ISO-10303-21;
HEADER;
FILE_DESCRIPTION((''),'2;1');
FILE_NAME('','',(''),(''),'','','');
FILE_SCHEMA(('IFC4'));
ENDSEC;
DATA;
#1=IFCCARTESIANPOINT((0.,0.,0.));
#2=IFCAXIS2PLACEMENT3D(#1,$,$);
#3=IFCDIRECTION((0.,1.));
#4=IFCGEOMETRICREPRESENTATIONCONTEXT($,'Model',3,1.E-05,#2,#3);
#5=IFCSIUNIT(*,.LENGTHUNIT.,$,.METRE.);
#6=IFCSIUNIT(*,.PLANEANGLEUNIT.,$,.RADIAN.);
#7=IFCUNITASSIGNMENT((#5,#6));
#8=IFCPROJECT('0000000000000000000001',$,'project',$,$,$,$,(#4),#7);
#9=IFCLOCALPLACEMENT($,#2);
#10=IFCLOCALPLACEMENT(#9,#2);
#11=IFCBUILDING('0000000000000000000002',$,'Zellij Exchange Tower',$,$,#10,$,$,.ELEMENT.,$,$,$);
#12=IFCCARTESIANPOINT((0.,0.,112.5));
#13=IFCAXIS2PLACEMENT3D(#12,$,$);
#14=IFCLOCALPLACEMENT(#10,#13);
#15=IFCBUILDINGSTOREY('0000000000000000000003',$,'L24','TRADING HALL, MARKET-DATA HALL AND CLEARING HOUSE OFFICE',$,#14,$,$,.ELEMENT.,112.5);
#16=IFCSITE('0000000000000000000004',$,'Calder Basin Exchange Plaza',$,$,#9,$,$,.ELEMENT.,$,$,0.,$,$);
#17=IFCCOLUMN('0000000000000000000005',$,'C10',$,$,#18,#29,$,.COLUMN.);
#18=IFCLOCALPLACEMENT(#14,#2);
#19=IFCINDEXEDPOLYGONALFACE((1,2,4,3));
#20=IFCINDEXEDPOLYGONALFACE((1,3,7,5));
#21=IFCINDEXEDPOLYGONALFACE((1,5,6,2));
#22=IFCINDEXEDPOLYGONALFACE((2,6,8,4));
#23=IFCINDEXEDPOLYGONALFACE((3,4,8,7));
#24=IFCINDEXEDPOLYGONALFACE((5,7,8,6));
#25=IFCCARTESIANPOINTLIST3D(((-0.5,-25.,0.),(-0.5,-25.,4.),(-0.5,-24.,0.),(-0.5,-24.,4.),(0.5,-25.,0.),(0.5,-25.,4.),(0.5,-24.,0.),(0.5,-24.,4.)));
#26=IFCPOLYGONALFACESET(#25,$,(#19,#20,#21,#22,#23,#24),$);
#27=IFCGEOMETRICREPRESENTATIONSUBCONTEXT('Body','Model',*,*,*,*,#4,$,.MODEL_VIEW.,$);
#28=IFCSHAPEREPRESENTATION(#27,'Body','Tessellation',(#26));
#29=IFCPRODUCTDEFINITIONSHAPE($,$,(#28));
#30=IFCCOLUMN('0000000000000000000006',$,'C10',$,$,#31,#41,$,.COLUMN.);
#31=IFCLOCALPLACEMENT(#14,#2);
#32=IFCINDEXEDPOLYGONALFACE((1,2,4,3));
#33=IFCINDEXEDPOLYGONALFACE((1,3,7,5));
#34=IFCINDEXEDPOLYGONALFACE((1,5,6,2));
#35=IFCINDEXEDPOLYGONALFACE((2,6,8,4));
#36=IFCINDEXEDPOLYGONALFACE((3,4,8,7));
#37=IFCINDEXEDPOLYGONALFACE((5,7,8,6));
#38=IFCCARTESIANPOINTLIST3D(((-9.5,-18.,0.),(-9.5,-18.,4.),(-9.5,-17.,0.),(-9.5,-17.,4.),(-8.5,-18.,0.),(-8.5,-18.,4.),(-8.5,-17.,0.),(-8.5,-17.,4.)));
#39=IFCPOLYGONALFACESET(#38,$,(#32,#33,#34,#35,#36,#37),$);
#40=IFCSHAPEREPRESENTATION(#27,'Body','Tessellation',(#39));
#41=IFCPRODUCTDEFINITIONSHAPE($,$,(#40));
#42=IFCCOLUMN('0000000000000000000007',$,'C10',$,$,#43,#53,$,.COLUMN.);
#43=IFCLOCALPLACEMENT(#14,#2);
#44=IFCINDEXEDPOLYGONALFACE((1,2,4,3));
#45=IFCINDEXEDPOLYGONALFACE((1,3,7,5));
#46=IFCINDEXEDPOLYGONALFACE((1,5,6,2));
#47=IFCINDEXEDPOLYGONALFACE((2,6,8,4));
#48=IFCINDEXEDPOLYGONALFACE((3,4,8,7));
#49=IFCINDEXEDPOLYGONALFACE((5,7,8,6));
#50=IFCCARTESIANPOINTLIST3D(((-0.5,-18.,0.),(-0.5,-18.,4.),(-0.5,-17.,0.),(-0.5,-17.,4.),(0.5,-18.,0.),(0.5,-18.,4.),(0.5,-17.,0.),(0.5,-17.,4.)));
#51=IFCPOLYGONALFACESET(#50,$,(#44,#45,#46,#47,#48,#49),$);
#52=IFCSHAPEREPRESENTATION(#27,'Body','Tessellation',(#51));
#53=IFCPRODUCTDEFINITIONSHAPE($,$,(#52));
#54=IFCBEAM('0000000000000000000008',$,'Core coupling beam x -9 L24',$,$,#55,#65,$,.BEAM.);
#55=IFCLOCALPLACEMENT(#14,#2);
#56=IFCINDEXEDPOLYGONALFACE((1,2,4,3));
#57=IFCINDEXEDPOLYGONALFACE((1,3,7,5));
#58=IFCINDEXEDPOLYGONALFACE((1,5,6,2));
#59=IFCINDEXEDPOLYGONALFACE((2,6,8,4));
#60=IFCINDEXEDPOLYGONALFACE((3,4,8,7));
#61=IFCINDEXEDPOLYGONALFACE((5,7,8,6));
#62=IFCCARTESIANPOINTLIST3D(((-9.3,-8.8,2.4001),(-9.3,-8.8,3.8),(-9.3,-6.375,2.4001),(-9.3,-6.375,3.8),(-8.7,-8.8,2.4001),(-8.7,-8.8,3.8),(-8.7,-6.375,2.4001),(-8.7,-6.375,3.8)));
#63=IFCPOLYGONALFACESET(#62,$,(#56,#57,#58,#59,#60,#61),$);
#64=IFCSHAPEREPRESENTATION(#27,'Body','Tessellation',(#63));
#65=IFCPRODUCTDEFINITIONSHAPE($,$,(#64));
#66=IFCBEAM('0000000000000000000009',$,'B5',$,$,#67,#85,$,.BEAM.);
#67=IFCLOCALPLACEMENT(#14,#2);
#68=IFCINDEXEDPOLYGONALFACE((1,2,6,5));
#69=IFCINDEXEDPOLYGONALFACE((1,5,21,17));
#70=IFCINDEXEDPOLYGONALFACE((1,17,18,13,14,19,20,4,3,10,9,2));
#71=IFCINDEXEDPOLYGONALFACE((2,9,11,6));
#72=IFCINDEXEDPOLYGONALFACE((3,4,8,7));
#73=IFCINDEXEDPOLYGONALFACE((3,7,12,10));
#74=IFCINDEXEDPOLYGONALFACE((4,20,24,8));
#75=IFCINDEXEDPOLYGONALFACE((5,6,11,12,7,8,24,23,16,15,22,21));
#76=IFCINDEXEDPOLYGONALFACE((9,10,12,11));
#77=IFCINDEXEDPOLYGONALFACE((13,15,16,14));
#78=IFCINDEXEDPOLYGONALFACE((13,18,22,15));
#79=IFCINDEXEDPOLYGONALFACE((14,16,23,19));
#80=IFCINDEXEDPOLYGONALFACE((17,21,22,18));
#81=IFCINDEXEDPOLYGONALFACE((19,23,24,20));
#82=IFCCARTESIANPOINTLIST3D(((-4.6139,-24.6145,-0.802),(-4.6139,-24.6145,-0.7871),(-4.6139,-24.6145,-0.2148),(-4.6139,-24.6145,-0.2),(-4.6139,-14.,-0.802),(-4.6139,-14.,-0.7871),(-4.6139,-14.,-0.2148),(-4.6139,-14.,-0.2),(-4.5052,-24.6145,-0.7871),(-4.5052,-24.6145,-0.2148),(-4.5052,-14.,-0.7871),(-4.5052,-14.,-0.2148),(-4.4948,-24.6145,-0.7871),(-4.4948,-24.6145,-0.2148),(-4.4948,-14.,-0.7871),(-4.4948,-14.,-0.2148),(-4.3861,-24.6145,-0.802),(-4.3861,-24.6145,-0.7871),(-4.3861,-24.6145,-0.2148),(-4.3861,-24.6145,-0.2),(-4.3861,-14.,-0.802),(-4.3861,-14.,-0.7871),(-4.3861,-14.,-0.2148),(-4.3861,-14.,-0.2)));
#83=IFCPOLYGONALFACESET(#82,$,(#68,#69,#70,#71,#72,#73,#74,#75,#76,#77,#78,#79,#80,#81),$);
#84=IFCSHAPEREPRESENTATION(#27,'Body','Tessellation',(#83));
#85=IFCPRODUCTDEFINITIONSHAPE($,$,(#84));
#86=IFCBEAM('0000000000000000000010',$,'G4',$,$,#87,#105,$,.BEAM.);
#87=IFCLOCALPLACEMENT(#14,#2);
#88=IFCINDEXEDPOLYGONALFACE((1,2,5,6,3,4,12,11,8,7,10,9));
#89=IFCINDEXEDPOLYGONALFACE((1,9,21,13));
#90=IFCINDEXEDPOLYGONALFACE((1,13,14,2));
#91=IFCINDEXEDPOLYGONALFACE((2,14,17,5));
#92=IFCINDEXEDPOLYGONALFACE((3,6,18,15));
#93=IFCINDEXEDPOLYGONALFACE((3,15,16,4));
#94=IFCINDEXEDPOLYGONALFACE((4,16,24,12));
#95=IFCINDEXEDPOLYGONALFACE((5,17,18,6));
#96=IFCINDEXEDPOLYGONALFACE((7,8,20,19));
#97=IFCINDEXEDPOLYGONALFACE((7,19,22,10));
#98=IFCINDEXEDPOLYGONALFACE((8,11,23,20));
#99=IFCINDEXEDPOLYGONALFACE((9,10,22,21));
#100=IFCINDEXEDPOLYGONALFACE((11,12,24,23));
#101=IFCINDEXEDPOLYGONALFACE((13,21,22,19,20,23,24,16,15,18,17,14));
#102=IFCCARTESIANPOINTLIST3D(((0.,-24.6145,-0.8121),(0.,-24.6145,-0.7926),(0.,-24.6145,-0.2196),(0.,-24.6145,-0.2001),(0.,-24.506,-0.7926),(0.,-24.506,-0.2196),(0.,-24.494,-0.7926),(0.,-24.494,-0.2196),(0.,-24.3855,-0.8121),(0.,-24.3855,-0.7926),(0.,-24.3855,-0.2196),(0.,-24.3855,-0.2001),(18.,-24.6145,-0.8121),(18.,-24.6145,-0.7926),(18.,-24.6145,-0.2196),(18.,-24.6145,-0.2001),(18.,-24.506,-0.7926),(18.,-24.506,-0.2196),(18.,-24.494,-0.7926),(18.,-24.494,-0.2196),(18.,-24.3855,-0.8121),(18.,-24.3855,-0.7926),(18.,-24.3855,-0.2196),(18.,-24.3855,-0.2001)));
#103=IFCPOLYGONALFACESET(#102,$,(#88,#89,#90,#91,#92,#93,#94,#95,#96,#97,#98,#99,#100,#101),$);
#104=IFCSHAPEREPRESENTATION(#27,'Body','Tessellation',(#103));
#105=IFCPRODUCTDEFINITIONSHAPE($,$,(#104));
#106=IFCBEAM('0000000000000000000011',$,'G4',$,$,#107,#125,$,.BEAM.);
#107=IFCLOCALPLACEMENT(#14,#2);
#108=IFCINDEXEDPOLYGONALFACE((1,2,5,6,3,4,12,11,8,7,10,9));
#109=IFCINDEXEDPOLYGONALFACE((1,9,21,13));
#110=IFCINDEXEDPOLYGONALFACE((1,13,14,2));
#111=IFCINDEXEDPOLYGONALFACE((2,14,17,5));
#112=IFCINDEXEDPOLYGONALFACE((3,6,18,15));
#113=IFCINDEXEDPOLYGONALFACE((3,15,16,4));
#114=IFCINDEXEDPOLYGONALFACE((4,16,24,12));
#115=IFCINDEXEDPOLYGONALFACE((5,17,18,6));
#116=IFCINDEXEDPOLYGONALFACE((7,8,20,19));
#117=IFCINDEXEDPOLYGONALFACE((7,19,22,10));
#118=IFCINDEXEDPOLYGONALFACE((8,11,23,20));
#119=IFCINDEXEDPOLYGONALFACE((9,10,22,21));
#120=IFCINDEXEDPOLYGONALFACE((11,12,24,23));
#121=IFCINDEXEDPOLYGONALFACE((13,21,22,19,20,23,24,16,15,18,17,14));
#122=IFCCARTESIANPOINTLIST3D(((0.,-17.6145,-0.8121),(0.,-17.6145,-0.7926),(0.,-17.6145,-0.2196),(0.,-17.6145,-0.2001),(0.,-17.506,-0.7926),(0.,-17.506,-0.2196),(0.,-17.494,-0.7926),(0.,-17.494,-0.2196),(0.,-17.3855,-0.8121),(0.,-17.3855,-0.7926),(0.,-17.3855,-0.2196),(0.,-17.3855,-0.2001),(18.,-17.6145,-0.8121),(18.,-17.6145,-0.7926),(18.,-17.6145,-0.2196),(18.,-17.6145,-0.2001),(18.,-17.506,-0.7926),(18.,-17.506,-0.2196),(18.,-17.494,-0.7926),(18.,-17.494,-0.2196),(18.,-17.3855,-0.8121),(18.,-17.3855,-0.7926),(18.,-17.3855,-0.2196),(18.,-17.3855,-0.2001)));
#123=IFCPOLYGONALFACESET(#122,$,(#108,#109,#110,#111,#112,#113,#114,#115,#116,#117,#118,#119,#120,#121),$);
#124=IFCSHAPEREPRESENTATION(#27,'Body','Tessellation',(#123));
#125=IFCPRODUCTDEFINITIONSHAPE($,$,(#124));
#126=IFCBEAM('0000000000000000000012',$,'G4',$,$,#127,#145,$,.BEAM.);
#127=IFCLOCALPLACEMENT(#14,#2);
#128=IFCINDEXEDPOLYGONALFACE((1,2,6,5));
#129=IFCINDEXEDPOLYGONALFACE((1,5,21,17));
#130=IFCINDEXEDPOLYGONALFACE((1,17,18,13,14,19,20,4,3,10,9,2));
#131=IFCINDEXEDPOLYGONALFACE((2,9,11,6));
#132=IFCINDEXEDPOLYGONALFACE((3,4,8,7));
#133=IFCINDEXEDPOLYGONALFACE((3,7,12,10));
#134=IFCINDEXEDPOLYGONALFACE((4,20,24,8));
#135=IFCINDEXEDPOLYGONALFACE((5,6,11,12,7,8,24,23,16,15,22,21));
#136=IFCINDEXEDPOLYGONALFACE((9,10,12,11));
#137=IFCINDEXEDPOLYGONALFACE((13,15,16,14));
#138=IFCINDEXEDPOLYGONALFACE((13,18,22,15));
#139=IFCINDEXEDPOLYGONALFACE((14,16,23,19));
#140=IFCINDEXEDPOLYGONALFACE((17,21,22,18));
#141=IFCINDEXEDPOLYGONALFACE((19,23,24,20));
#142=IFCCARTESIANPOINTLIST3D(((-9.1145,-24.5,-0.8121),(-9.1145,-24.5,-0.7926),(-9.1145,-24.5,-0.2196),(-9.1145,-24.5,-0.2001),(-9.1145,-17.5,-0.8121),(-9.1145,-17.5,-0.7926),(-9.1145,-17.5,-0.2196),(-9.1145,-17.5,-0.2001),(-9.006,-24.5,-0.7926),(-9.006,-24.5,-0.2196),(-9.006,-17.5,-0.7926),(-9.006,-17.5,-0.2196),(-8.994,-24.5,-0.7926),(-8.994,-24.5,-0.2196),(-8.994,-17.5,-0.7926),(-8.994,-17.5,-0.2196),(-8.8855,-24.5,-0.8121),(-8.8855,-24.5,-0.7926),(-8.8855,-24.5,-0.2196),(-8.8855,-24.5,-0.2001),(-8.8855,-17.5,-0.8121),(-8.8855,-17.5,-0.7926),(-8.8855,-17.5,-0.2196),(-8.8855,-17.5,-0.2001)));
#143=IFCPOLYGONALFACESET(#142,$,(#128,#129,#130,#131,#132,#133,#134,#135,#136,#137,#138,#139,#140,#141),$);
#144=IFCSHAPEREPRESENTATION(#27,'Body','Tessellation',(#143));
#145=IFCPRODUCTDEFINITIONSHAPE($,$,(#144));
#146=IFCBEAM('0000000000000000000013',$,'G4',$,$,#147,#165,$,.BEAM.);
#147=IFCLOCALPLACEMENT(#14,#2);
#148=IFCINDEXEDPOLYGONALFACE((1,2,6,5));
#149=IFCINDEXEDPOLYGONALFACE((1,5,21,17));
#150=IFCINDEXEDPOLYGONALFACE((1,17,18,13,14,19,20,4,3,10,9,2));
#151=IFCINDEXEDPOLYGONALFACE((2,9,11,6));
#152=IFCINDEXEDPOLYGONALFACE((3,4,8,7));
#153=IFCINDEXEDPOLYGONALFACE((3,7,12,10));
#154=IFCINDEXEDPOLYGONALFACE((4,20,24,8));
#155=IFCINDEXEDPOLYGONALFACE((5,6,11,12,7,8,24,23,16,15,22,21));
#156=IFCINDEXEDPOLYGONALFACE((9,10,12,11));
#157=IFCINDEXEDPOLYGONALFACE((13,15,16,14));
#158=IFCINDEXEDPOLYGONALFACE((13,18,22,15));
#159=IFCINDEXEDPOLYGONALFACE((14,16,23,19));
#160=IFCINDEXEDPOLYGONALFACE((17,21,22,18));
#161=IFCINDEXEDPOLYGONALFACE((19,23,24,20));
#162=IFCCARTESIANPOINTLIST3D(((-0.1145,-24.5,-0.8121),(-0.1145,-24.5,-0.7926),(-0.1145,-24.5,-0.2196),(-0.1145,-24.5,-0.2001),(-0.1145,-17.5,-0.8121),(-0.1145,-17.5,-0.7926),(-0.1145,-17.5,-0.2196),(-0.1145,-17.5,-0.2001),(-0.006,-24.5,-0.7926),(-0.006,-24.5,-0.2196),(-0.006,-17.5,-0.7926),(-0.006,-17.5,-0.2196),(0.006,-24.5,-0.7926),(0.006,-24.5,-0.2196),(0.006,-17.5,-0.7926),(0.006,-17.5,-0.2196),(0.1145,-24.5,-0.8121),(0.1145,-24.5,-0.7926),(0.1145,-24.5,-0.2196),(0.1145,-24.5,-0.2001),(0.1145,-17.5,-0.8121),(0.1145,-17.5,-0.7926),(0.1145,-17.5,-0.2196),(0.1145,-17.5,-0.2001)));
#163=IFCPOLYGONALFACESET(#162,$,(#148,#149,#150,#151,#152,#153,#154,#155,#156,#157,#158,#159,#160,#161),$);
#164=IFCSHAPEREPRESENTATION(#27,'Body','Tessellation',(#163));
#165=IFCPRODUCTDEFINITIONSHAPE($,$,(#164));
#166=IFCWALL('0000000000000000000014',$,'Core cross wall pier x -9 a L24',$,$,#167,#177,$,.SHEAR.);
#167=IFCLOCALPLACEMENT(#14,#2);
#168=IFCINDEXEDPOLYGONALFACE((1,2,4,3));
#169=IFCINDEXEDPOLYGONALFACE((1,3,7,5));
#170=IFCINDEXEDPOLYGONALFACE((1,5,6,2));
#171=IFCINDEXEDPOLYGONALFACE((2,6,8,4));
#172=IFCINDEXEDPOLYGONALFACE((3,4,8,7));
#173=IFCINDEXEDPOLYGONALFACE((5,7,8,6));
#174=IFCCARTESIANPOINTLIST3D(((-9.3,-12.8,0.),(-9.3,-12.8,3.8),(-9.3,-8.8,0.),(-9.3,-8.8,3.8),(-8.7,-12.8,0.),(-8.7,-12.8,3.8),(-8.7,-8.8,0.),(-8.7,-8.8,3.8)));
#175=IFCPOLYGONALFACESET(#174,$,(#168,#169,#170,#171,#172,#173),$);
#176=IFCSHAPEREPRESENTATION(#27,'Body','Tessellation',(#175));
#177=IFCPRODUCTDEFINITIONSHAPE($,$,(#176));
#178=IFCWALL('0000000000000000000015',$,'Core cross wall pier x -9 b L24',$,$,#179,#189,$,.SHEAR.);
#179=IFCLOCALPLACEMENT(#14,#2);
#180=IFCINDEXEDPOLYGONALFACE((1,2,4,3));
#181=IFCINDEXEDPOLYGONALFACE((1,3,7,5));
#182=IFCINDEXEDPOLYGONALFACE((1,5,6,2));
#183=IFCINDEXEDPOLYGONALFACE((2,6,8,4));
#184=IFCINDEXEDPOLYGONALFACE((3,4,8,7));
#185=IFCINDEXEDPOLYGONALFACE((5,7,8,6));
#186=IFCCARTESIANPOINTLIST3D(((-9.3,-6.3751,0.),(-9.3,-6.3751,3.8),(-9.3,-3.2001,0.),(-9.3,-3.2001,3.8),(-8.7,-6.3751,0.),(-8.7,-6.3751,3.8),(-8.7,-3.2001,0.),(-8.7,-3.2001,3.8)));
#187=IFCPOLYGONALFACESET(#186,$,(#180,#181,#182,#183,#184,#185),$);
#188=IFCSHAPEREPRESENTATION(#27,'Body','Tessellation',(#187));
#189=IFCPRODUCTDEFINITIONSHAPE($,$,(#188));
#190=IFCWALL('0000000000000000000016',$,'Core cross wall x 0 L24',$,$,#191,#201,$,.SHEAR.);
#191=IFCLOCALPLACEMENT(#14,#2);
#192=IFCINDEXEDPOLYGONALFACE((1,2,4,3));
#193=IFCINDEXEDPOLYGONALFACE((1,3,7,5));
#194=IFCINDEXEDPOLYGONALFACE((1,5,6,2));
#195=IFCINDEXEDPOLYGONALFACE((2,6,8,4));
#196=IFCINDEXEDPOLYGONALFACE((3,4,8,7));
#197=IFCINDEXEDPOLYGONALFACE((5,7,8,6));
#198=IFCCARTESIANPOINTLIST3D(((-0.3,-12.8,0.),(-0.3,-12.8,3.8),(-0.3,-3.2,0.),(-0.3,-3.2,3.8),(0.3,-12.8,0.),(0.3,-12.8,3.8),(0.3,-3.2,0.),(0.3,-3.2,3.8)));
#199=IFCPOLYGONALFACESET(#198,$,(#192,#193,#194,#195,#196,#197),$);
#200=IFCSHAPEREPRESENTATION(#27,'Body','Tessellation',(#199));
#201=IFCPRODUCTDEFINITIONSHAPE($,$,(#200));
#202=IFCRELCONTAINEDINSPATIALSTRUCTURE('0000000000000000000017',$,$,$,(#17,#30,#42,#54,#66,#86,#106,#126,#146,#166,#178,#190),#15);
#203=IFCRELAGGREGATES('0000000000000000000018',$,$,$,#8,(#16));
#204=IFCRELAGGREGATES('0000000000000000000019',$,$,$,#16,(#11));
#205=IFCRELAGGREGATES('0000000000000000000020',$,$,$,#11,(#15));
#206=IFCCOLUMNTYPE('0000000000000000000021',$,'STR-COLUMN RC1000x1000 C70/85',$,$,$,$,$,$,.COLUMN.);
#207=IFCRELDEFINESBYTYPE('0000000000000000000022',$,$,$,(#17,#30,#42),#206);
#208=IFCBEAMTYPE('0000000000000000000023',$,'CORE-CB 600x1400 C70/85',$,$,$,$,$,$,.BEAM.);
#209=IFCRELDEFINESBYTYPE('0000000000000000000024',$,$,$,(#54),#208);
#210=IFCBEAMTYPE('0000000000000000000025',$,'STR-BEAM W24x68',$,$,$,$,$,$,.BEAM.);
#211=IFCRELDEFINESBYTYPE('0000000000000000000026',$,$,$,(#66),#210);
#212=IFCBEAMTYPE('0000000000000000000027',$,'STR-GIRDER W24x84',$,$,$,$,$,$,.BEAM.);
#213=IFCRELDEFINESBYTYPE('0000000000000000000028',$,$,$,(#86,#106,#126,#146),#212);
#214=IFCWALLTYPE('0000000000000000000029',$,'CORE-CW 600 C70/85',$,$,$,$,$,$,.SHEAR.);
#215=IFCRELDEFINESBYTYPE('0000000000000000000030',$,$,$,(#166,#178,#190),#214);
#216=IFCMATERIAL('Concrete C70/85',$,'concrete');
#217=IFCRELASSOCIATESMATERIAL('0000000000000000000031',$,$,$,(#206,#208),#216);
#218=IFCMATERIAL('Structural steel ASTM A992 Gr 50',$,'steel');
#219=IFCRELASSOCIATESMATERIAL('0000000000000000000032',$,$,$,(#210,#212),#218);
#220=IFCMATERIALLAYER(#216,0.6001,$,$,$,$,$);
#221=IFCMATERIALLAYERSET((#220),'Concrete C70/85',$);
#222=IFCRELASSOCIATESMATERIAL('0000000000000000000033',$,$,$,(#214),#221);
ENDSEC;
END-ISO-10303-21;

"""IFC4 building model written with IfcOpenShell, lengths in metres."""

from ifc_helpers import new_model, si_unit, direction, frame, frame_2d, origin, origin_2d, place, context, subcontext, project, spatial, rectangle, i_section, extrude, material, layer, layer_set, material_profile, profile_set, type_object, element, save


model = new_model("IFC4")

# Units and contexts
model_context = context("Model", 3, precision=1e-05, world=origin(), true_north=direction((0.0, 1.0)))
body_context = subcontext(model_context, "Body", "Model", "MODEL_VIEW")
ifc_project = project(units=[si_unit("LENGTHUNIT", "METRE"), si_unit("PLANEANGLEUNIT", "RADIAN")], contexts=[model_context])

# Site, building, storey
site_placement = place(None, origin())
site = spatial("IfcSite", under=ifc_project, at=site_placement, Name="Calder Basin Exchange Plaza", CompositionType="ELEMENT", RefElevation=0.0)
building_placement = place(site_placement, origin())
building = spatial("IfcBuilding", under=site, at=building_placement, Name="Zellij Exchange Tower", CompositionType="ELEMENT")
storey_placement = place(building_placement, frame((0.0, 0.0, 112.5)))
storey = spatial("IfcBuildingStorey", under=building, at=storey_placement, Name="L24", Description="TRADING HALL, MARKET-DATA HALL AND CLEARING HOUSE OFFICE", CompositionType="ELEMENT", Elevation=112.5)

# Columns
ifc_material_1 = material(Name="Concrete C70/85", Category="concrete")
ifc_material_profile_1 = material_profile(ifc_material_1, rectangle(XDim=1.0, YDim=1.0, at=origin_2d()), Name="STR-COLUMN RC1000x1000 C70/85")
ifc_profile_set_1 = profile_set([ifc_material_profile_1], Name="Concrete C70/85")
column_type = type_object("IfcColumnType", Name="STR-COLUMN RC1000x1000 C70/85", PredefinedType="COLUMN", material=ifc_profile_set_1)
for number, where, z_axis, x_axis, name in (
    (1, (0.0, -24.5, 0.0), (0.0, 0.0, 1.0), (1.0, 0.0, 0.0), "C10"),
    (2, (-9.0, -17.5, 0.0), (0.0, 0.0, 1.0), (1.0, 0.0, 0.0), "C10"),
    (3, (0.0, -17.5, 0.0), (0.0, 0.0, 1.0), (1.0, 0.0, 0.0), "C10"),
):
    element("IfcColumn", number, at=place(storey_placement, frame(where, z_axis=z_axis, x_axis=x_axis)), inside=storey, type_object=column_type, Name=name, PredefinedType="COLUMN", context=body_context, shape_type="SweptSolid", body=[
        extrude(rectangle(XDim=1.0, YDim=1.0, at=origin_2d()), origin(), (0.0, 0.0, 1.0), 4.0),
    ])

# Beams
ifc_material_profile_2 = material_profile(ifc_material_1, rectangle(XDim=0.6001, YDim=1.3999, at=origin_2d()), Name="CORE-CB 600x1400 C70/85")
ifc_profile_set_2 = profile_set([ifc_material_profile_2], Name="Concrete C70/85")
beam_type_1 = type_object("IfcBeamType", Name="CORE-CB 600x1400 C70/85", PredefinedType="BEAM", material=ifc_profile_set_2)
beam_1_placement = place(storey_placement, frame((-9.0, -8.8, 3.1001), z_axis=(0.0, 1.0, 0.0), x_axis=(-1.0, 0.0, 0.0)))
element("IfcBeam", 4, at=beam_1_placement, inside=storey, type_object=beam_type_1, Name="Core coupling beam x -9 L24", PredefinedType="BEAM", context=body_context, shape_type="SweptSolid", body=[
    extrude(rectangle(XDim=0.6001, YDim=1.3999, at=origin_2d()), origin(), (0.0, 0.0, 1.0), 2.425),
])
ifc_material_2 = material(Name="Structural steel ASTM A992 Gr 50", Category="steel")
ifc_material_profile_3 = material_profile(ifc_material_2, i_section(OverallWidth=0.2278, OverallDepth=0.6021, WebThickness=0.0105, FlangeThickness=0.0149, at=origin_2d()), Name="W24x68")
ifc_profile_set_3 = profile_set([ifc_material_profile_3], Name="Structural steel ASTM A992 Gr 50")
beam_type_2 = type_object("IfcBeamType", Name="STR-BEAM W24x68", PredefinedType="BEAM", material=ifc_profile_set_3)
beam_2_placement = place(storey_placement, frame((-4.5, -24.6145, -0.501), z_axis=(0.0, 1.0, 0.0), x_axis=(-1.0, 0.0, 0.0)))
element("IfcBeam", 5, at=beam_2_placement, inside=storey, type_object=beam_type_2, Name="B5", PredefinedType="BEAM", context=body_context, shape_type="SweptSolid", body=[
    extrude(i_section(OverallWidth=0.2278, OverallDepth=0.6021, WebThickness=0.0105, FlangeThickness=0.0149, at=origin_2d()), origin(), (0.0, 0.0, 1.0), 10.6145),
])
ifc_material_profile_4 = material_profile(ifc_material_2, i_section(OverallWidth=0.229, OverallDepth=0.6121, WebThickness=0.012, FlangeThickness=0.0195, at=origin_2d()), Name="W24x84")
ifc_profile_set_4 = profile_set([ifc_material_profile_4], Name="Structural steel ASTM A992 Gr 50")
beam_type_3 = type_object("IfcBeamType", Name="STR-GIRDER W24x84", PredefinedType="BEAM", material=ifc_profile_set_4)
for number, where, z_axis, x_axis, name in (
    (6, (0.0, -24.5, -0.5061), (1.0, 0.0, 0.0), (0.0, 1.0, 0.0), "G4"),
    (7, (0.0, -17.5, -0.5061), (1.0, 0.0, 0.0), (0.0, 1.0, 0.0), "G4"),
):
    element("IfcBeam", number, at=place(storey_placement, frame(where, z_axis=z_axis, x_axis=x_axis)), inside=storey, type_object=beam_type_3, Name=name, PredefinedType="BEAM", context=body_context, shape_type="SweptSolid", body=[
        extrude(i_section(OverallWidth=0.229, OverallDepth=0.6121, WebThickness=0.012, FlangeThickness=0.0195, at=origin_2d()), origin(), (0.0, 0.0, 1.0), 18.0),
    ])
for number, where, z_axis, x_axis, name in (
    (8, (-9.0, -24.5, -0.5061), (0.0, 1.0, 0.0), (-1.0, 0.0, 0.0), "G4"),
    (9, (0.0, -24.5, -0.5061), (0.0, 1.0, 0.0), (-1.0, 0.0, 0.0), "G4"),
):
    element("IfcBeam", number, at=place(storey_placement, frame(where, z_axis=z_axis, x_axis=x_axis)), inside=storey, type_object=beam_type_3, Name=name, PredefinedType="BEAM", context=body_context, shape_type="SweptSolid", body=[
        extrude(i_section(OverallWidth=0.229, OverallDepth=0.6121, WebThickness=0.012, FlangeThickness=0.0195, at=origin_2d()), origin(), (0.0, 0.0, 1.0), 7.0),
    ])

# Walls
ifc_layer_1 = layer(ifc_material_1, 0.6001)
ifc_layer_set_1 = layer_set([ifc_layer_1], Name="Concrete C70/85")
wall_type_1 = type_object("IfcWallType", Name="CORE-CW 600 C70/85", PredefinedType="SHEAR", material=ifc_layer_set_1)
wall_1_placement = place(storey_placement, frame((-9.0, -12.8, 0.0), z_axis=(0.0, 0.0, 1.0), x_axis=(0.0, 1.0, 0.0)))
element("IfcWall", 10, at=wall_1_placement, inside=storey, type_object=wall_type_1, Name="Core cross wall pier x -9 a L24", PredefinedType="SHEAR", context=body_context, shape_type="SweptSolid", body=[
    extrude(rectangle(XDim=4.0, YDim=0.6001, at=frame_2d((2.0, 0.0))), origin(), (0.0, 0.0, 1.0), 3.8),
])
wall_2_placement = place(storey_placement, frame((-9.0, -6.375, 0.0), z_axis=(0.0, 0.0, 1.0), x_axis=(0.0, 1.0, 0.0)))
element("IfcWall", 11, at=wall_2_placement, inside=storey, type_object=wall_type_1, Name="Core cross wall pier x -9 b L24", PredefinedType="SHEAR", context=body_context, shape_type="SweptSolid", body=[
    extrude(rectangle(XDim=3.175, YDim=0.6001, at=frame_2d((1.5874, 0.0))), origin(), (0.0, 0.0, 1.0), 3.8),
])
wall_3_placement = place(storey_placement, frame((0.0, -12.8, 0.0), z_axis=(0.0, 0.0, 1.0), x_axis=(0.0, 1.0, 0.0)))
element("IfcWall", 12, at=wall_3_placement, inside=storey, type_object=wall_type_1, Name="Core cross wall x 0 L24", PredefinedType="SHEAR", context=body_context, shape_type="SweptSolid", body=[
    extrude(rectangle(XDim=9.6001, YDim=0.6001, at=frame_2d((4.8, 0.0))), origin(), (0.0, 0.0, 1.0), 3.8),
])

save(model, "model.ifc")
